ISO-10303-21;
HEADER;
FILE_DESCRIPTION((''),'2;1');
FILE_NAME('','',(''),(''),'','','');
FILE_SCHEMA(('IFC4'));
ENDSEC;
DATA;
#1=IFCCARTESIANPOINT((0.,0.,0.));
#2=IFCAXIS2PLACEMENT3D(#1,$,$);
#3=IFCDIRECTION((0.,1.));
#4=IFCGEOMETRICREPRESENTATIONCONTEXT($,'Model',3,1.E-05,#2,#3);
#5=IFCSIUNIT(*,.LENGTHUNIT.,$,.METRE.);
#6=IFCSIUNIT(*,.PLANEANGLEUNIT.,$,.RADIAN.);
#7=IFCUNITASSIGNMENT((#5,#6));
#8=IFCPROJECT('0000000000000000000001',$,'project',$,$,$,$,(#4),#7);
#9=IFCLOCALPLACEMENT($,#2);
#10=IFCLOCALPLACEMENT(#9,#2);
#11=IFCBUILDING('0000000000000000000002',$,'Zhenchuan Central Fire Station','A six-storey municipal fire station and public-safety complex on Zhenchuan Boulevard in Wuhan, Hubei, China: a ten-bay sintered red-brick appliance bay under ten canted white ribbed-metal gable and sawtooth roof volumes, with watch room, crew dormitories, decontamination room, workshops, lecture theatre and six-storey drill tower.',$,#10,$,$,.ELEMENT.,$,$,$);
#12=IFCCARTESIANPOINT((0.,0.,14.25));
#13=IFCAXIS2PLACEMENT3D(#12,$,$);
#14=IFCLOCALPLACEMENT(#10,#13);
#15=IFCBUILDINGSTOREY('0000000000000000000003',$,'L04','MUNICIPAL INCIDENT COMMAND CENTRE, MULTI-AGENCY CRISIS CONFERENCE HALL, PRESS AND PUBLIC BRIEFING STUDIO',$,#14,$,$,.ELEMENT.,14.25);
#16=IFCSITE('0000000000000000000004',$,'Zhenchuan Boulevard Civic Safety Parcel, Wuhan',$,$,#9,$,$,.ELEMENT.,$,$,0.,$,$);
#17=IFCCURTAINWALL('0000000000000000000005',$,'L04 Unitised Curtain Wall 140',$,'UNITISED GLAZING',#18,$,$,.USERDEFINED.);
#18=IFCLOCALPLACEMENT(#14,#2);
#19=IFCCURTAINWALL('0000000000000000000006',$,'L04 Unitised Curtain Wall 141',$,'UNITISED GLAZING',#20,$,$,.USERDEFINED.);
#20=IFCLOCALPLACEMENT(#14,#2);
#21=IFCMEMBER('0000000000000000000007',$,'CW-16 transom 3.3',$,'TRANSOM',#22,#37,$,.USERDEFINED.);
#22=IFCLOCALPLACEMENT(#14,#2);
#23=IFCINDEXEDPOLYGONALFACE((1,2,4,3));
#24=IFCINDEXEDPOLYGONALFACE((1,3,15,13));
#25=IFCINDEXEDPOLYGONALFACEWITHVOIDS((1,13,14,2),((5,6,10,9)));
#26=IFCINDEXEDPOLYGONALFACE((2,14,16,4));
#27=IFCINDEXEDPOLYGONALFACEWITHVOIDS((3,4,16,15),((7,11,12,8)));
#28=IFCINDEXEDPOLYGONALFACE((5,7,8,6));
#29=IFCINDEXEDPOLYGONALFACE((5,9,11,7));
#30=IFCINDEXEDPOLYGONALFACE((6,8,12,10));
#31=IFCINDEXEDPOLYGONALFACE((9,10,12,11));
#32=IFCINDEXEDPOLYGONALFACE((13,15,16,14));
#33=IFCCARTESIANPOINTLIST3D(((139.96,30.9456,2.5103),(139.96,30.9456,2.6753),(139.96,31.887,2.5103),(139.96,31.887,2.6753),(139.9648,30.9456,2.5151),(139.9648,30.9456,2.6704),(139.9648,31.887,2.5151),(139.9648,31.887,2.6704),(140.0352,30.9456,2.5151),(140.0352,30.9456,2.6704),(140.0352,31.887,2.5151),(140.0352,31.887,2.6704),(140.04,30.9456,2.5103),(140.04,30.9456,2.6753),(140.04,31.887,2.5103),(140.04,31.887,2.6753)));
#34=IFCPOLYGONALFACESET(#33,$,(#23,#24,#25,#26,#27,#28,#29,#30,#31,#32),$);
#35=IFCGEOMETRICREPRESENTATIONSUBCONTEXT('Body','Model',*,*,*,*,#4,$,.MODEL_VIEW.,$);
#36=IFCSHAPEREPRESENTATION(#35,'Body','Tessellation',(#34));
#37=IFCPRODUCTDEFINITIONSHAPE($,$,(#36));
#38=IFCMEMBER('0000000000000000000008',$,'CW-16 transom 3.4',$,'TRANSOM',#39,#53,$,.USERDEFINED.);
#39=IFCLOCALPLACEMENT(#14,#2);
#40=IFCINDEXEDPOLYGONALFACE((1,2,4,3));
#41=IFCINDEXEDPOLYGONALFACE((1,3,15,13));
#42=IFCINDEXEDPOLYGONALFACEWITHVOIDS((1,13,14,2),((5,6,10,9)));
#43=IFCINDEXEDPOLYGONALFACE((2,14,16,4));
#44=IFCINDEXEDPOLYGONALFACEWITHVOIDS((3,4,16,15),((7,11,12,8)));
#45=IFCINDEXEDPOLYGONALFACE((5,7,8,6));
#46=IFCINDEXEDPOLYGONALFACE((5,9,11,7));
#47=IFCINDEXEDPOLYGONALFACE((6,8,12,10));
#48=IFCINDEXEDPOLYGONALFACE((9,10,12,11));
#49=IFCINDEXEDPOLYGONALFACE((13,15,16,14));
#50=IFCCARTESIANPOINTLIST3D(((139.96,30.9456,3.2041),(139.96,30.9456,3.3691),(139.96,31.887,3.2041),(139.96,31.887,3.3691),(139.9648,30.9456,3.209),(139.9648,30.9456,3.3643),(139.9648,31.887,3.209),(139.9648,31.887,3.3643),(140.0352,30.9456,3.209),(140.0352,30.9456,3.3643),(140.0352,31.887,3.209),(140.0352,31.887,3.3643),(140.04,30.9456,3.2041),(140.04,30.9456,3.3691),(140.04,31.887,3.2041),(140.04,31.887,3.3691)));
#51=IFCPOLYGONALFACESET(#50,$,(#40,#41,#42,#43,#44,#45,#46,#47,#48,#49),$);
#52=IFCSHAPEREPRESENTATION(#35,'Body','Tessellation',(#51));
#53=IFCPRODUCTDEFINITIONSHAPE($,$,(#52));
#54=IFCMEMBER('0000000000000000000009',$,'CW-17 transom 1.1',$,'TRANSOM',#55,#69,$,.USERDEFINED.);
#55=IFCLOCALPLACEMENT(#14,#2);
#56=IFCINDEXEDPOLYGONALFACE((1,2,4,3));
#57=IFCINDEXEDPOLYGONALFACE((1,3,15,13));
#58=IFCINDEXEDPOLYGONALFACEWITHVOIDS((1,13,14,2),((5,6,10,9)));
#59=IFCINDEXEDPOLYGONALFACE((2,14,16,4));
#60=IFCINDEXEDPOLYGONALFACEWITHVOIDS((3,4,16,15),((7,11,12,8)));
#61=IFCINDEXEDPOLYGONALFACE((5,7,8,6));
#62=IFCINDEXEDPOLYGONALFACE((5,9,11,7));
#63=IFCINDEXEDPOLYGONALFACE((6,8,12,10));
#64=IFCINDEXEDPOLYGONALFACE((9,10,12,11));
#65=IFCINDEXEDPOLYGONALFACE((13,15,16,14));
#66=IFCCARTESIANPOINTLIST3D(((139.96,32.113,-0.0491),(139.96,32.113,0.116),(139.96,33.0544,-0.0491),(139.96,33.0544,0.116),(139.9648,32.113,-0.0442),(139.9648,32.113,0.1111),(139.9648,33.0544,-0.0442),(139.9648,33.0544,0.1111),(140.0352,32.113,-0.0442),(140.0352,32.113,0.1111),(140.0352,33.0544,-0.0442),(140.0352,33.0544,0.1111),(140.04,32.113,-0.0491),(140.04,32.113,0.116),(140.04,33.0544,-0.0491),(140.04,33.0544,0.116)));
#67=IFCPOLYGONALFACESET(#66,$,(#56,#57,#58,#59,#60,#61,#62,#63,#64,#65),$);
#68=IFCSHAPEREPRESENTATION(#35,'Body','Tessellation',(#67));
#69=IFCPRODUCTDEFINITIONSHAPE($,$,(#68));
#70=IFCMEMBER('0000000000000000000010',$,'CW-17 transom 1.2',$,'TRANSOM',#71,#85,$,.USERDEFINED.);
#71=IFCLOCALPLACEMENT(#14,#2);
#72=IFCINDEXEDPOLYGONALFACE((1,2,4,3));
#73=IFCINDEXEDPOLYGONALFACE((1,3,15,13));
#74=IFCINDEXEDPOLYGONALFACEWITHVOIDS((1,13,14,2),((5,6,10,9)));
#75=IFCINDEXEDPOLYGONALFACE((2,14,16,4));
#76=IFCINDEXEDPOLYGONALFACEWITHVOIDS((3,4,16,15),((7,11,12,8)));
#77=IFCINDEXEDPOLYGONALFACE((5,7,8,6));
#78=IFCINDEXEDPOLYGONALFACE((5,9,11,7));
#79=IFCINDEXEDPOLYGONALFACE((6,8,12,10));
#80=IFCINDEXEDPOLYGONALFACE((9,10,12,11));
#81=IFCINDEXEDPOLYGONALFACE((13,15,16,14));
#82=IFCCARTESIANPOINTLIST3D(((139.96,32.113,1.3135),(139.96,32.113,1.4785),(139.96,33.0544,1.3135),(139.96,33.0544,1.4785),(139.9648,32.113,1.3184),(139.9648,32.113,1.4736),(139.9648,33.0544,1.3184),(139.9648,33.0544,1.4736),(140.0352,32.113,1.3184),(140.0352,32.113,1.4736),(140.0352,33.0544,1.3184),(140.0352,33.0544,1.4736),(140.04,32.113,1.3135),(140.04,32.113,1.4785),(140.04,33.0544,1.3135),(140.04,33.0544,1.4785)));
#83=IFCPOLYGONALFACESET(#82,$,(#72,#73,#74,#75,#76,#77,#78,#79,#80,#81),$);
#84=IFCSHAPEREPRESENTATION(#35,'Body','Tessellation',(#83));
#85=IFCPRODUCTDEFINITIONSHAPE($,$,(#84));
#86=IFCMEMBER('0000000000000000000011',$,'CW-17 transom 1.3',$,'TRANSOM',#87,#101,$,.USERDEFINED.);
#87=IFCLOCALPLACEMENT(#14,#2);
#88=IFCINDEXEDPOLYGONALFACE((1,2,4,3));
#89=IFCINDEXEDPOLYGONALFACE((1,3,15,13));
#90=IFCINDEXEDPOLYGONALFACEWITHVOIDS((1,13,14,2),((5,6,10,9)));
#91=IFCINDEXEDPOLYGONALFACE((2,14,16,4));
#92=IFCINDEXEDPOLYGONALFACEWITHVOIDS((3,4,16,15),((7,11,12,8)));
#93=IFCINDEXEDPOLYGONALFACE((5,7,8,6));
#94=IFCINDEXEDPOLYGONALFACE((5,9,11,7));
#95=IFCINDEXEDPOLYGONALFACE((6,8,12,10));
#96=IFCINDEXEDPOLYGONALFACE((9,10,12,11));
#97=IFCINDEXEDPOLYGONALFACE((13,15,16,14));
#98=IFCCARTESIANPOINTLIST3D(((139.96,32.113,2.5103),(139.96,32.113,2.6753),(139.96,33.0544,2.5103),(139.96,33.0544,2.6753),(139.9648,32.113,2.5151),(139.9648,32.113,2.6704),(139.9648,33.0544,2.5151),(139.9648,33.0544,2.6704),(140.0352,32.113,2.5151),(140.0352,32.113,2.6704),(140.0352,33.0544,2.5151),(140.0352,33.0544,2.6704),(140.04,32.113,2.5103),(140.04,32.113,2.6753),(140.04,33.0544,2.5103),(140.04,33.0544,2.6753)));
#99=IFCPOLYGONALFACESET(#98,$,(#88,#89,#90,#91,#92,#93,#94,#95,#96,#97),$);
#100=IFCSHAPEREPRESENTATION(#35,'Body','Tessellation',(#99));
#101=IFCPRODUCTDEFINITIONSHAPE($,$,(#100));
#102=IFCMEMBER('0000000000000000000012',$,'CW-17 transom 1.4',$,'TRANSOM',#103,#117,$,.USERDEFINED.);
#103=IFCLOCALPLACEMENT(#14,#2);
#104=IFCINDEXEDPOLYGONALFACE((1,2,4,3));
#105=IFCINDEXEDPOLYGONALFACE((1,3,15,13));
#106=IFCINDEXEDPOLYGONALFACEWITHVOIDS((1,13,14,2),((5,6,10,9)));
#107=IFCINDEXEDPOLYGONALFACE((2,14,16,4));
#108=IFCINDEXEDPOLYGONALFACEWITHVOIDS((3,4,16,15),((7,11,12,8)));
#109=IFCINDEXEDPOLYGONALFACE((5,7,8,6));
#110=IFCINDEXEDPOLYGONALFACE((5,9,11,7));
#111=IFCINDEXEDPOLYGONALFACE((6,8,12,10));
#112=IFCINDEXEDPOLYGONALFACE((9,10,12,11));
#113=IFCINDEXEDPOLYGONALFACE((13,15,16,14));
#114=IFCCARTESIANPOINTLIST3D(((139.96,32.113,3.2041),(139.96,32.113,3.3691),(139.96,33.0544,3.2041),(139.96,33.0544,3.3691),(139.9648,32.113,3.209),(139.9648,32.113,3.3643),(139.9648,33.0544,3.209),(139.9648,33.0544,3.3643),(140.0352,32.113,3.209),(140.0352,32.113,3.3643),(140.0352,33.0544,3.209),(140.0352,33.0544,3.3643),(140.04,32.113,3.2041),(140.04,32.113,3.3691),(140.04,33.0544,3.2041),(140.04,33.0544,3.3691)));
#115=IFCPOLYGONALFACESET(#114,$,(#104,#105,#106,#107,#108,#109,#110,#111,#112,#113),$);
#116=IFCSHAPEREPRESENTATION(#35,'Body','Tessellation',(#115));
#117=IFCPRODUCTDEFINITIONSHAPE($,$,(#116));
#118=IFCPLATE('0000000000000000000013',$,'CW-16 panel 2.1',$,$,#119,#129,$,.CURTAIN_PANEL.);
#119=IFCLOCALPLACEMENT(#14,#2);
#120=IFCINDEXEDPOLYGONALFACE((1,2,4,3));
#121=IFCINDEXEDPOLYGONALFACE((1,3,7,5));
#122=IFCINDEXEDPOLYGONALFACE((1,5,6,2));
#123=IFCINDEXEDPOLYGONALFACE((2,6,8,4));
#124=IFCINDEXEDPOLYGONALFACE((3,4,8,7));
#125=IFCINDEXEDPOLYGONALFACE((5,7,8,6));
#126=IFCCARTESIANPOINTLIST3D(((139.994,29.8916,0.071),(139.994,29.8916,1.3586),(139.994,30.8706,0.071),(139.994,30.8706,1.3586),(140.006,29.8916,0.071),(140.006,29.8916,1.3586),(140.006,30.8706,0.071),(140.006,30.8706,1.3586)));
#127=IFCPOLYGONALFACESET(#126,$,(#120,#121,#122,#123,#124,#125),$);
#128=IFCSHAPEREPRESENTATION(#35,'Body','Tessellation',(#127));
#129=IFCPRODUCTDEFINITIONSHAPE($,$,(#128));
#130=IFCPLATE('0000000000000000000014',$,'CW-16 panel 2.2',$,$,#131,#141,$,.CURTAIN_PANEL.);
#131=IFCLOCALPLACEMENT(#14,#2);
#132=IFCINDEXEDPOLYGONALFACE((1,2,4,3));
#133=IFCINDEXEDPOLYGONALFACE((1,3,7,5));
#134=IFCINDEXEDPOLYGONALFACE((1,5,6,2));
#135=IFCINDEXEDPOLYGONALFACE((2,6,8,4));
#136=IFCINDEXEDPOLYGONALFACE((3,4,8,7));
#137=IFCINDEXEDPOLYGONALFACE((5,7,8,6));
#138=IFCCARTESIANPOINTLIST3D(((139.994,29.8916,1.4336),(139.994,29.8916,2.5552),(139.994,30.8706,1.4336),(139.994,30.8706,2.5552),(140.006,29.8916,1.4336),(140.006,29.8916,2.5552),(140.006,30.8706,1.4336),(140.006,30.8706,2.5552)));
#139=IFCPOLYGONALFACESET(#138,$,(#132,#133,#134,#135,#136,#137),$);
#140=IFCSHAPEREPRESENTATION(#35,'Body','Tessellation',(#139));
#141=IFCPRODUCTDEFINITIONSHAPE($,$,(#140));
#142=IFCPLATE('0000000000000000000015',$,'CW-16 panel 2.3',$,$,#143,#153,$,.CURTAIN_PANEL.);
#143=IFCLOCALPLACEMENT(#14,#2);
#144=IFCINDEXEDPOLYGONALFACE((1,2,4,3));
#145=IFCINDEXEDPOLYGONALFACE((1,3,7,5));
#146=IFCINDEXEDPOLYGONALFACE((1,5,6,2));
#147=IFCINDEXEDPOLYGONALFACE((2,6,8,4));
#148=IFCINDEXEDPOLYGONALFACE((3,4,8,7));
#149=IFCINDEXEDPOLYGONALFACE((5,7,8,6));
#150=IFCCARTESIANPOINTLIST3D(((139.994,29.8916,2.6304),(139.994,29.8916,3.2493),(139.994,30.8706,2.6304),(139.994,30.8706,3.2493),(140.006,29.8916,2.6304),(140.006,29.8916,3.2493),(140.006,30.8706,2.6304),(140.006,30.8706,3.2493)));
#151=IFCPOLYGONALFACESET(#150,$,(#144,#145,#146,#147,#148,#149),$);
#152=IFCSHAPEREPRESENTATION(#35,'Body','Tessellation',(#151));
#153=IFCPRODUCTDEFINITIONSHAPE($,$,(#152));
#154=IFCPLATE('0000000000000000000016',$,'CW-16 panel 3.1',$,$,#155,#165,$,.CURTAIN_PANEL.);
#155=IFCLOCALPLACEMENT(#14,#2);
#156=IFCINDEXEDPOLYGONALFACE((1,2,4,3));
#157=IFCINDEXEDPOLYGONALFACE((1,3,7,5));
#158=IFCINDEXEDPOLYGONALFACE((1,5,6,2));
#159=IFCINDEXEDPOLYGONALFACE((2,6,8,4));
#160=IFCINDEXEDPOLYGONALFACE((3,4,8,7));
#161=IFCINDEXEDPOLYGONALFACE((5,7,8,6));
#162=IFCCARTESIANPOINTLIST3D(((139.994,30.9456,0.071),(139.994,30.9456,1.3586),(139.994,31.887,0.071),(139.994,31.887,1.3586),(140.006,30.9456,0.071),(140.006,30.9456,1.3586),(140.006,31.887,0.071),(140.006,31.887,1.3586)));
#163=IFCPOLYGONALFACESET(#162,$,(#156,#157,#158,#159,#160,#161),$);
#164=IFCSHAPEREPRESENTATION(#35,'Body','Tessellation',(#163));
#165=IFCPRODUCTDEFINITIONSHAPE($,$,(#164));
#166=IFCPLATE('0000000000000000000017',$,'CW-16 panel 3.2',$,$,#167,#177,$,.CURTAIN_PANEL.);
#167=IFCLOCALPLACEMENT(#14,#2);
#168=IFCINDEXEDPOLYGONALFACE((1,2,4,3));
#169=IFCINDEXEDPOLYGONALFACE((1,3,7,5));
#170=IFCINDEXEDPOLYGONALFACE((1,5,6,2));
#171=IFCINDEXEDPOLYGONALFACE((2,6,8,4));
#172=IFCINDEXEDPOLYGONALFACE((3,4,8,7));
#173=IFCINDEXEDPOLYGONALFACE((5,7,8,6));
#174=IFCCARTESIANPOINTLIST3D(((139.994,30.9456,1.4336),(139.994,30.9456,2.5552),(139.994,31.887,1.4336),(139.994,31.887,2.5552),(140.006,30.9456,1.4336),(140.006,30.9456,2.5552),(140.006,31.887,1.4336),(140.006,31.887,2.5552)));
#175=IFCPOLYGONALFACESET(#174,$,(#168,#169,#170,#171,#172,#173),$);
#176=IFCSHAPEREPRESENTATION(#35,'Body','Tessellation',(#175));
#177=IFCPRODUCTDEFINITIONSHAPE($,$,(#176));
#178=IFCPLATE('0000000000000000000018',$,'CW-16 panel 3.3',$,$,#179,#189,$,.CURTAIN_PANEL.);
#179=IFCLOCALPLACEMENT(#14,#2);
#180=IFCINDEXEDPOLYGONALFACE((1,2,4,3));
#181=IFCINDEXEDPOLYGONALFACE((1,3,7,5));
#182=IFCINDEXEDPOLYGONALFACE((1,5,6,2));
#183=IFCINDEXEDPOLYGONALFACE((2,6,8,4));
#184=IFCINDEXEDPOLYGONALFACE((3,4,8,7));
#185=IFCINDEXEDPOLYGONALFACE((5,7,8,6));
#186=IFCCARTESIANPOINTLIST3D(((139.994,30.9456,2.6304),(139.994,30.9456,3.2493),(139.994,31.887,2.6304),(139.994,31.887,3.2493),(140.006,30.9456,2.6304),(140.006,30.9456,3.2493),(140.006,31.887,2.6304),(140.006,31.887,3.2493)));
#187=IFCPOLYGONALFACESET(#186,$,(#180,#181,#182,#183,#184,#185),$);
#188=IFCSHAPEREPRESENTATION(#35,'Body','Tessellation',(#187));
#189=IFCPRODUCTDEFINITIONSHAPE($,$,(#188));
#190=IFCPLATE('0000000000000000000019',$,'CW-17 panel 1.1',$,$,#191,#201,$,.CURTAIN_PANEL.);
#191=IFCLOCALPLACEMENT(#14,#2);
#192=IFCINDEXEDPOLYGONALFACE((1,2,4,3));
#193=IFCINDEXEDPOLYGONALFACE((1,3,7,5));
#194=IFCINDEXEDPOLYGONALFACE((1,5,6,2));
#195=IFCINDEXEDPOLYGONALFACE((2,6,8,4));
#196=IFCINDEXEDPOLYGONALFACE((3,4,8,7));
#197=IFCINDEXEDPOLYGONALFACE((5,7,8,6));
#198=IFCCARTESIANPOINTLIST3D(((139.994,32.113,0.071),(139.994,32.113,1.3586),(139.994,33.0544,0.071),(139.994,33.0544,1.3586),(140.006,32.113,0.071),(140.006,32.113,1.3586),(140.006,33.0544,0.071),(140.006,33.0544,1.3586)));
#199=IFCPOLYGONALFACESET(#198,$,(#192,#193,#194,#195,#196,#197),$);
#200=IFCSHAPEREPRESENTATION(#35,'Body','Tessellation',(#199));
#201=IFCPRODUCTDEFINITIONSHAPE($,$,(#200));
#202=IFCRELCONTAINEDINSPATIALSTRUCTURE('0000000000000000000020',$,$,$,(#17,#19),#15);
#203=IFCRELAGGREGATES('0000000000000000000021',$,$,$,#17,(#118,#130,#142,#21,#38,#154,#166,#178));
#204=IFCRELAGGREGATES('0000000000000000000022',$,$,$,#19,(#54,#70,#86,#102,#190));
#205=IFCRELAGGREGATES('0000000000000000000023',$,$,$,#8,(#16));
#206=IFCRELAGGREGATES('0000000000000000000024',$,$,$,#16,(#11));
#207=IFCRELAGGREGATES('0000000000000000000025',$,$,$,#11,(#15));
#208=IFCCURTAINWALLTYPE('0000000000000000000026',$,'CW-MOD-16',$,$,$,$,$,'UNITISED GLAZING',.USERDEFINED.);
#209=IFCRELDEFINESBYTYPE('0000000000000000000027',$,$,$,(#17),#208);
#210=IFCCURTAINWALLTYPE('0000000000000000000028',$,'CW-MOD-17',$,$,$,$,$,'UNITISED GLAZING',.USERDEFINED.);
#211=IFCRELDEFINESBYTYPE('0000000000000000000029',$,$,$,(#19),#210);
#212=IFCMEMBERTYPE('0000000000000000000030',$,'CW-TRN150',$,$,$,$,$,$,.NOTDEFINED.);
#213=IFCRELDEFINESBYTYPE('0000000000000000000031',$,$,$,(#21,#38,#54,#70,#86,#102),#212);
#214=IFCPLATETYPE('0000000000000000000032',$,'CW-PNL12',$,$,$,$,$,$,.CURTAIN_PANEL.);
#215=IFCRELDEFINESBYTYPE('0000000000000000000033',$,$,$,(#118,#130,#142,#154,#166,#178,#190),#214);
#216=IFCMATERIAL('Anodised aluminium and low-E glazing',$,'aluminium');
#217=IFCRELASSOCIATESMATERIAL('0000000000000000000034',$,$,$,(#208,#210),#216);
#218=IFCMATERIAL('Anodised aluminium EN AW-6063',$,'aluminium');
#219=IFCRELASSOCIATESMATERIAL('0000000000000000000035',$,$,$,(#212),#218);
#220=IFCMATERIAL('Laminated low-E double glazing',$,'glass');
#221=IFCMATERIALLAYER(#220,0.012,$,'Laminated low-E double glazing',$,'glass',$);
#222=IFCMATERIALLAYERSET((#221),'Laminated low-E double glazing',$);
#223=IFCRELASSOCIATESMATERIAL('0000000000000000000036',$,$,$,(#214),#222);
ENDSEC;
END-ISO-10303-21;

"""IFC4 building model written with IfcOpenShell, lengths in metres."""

from ifc_helpers import new_model, si_unit, direction, frame, origin, origin_2d, place, context, subcontext, project, spatial, rectangle, hollow_rectangle, extrude, material, layer, layer_set, material_profile, profile_set, type_object, element, aggregate, save


model = new_model("IFC4")

# Units and contexts
model_context = context("Model", 3, precision=1e-05, world=origin(), true_north=direction((0.0, 1.0)))
body_context = subcontext(model_context, "Body", "Model", "MODEL_VIEW")
ifc_project = project(units=[si_unit("LENGTHUNIT", "METRE"), si_unit("PLANEANGLEUNIT", "RADIAN")], contexts=[model_context])

# Site, building, storey
site_placement = place(None, origin())
site = spatial("IfcSite", under=ifc_project, at=site_placement, Name="Zhenchuan Boulevard Civic Safety Parcel, Wuhan", CompositionType="ELEMENT", RefElevation=0.0)
building_placement = place(site_placement, origin())
building = spatial("IfcBuilding", under=site, at=building_placement, Name="Zhenchuan Central Fire Station", Description="A six-storey municipal fire station and public-safety complex on Zhenchuan Boulevard in Wuhan, Hubei, China: a ten-bay sintered red-brick appliance bay under ten canted white ribbed-metal gable and sawtooth roof volumes, with watch room, crew dormitories, decontamination room, workshops, lecture theatre and six-storey drill tower.", CompositionType="ELEMENT")
storey_placement = place(building_placement, frame((0.0, 0.0, 14.25)))
storey = spatial("IfcBuildingStorey", under=building, at=storey_placement, Name="L04", Description="MUNICIPAL INCIDENT COMMAND CENTRE, MULTI-AGENCY CRISIS CONFERENCE HALL, PRESS AND PUBLIC BRIEFING STUDIO", CompositionType="ELEMENT", Elevation=14.25)

# Curtain walls
ifc_material_1 = material(Name="Anodised aluminium and low-E glazing", Category="aluminium")
curtain_wall_type_1 = type_object("IfcCurtainWallType", Name="CW-MOD-16", ElementType="UNITISED GLAZING", PredefinedType="USERDEFINED", material=ifc_material_1)
curtain_wall_1_placement = place(storey_placement, origin())
curtain_wall_1 = element("IfcCurtainWall", 1, at=curtain_wall_1_placement, inside=storey, type_object=curtain_wall_type_1, Name="L04 Unitised Curtain Wall 140", ObjectType="UNITISED GLAZING", PredefinedType="USERDEFINED")
ifc_material_2 = material(Name="Anodised aluminium EN AW-6063", Category="aluminium")
curtain_wall_type_2 = type_object("IfcCurtainWallType", Name="CW-MOD-17", ElementType="UNITISED GLAZING", PredefinedType="USERDEFINED", material=ifc_material_1)
curtain_wall_2_placement = place(storey_placement, origin())
curtain_wall_2 = element("IfcCurtainWall", 2, at=curtain_wall_2_placement, inside=storey, type_object=curtain_wall_type_2, Name="L04 Unitised Curtain Wall 141", ObjectType="UNITISED GLAZING", PredefinedType="USERDEFINED")

# Members
ifc_material_profile_1 = material_profile(ifc_material_2, hollow_rectangle(XDim=0.0801, YDim=0.165, WallThickness=0.0049, at=origin_2d()), Name="ALU-T 165x80")
ifc_profile_set_1 = profile_set([ifc_material_profile_1], Name="Anodised aluminium EN AW-6063")
member_type_1 = type_object("IfcMemberType", Name="CW-TRN150", PredefinedType="NOTDEFINED", material=ifc_profile_set_1)
member_1_placement = place(storey_placement, frame((140.0, 30.9456, 2.5928), z_axis=(0.0, 1.0, 0.0), x_axis=(-1.0, 0.0, 0.0)))
member_1 = element("IfcMember", 3, at=member_1_placement, type_object=member_type_1, Name="CW-16 transom 3.3", ObjectType="TRANSOM", PredefinedType="USERDEFINED", context=body_context, shape_type="SweptSolid", body=[
    extrude(hollow_rectangle(XDim=0.0801, YDim=0.165, WallThickness=0.0049, at=origin_2d()), origin(), (0.0, 0.0, 1.0), 0.9414),
])
member_2_placement = place(storey_placement, frame((140.0, 30.9456, 3.2866), z_axis=(0.0, 1.0, 0.0), x_axis=(-1.0, 0.0, 0.0)))
member_2 = element("IfcMember", 4, at=member_2_placement, type_object=member_type_1, Name="CW-16 transom 3.4", ObjectType="TRANSOM", PredefinedType="USERDEFINED", context=body_context, shape_type="SweptSolid", body=[
    extrude(hollow_rectangle(XDim=0.0801, YDim=0.165, WallThickness=0.0049, at=origin_2d()), origin(), (0.0, 0.0, 1.0), 0.9414),
])
member_3_placement = place(storey_placement, frame((140.0, 32.113, 0.0334), z_axis=(0.0, 1.0, 0.0), x_axis=(-1.0, 0.0, 0.0)))
member_3 = element("IfcMember", 5, at=member_3_placement, type_object=member_type_1, Name="CW-17 transom 1.1", ObjectType="TRANSOM", PredefinedType="USERDEFINED", context=body_context, shape_type="SweptSolid", body=[
    extrude(hollow_rectangle(XDim=0.0801, YDim=0.165, WallThickness=0.0049, at=origin_2d()), origin(), (0.0, 0.0, 1.0), 0.9414),
])
member_4_placement = place(storey_placement, frame((140.0, 32.113, 1.396), z_axis=(0.0, 1.0, 0.0), x_axis=(-1.0, 0.0, 0.0)))
member_4 = element("IfcMember", 6, at=member_4_placement, type_object=member_type_1, Name="CW-17 transom 1.2", ObjectType="TRANSOM", PredefinedType="USERDEFINED", context=body_context, shape_type="SweptSolid", body=[
    extrude(hollow_rectangle(XDim=0.0801, YDim=0.165, WallThickness=0.0049, at=origin_2d()), origin(), (0.0, 0.0, 1.0), 0.9414),
])
member_5_placement = place(storey_placement, frame((140.0, 32.113, 2.5928), z_axis=(0.0, 1.0, 0.0), x_axis=(-1.0, 0.0, 0.0)))
member_5 = element("IfcMember", 7, at=member_5_placement, type_object=member_type_1, Name="CW-17 transom 1.3", ObjectType="TRANSOM", PredefinedType="USERDEFINED", context=body_context, shape_type="SweptSolid", body=[
    extrude(hollow_rectangle(XDim=0.0801, YDim=0.165, WallThickness=0.0049, at=origin_2d()), origin(), (0.0, 0.0, 1.0), 0.9414),
])
member_6_placement = place(storey_placement, frame((140.0, 32.113, 3.2866), z_axis=(0.0, 1.0, 0.0), x_axis=(-1.0, 0.0, 0.0)))
member_6 = element("IfcMember", 8, at=member_6_placement, type_object=member_type_1, Name="CW-17 transom 1.4", ObjectType="TRANSOM", PredefinedType="USERDEFINED", context=body_context, shape_type="SweptSolid", body=[
    extrude(hollow_rectangle(XDim=0.0801, YDim=0.165, WallThickness=0.0049, at=origin_2d()), origin(), (0.0, 0.0, 1.0), 0.9414),
])

# Plates
ifc_material_3 = material(Name="Laminated low-E double glazing", Category="glass")
ifc_layer = layer(ifc_material_3, 0.012, Name="Laminated low-E double glazing", Category="glass")
ifc_layer_set = layer_set([ifc_layer], Name="Laminated low-E double glazing")
plate_type = type_object("IfcPlateType", Name="CW-PNL12", PredefinedType="CURTAIN_PANEL", material=ifc_layer_set)
plate_1_placement = place(storey_placement, frame((140.0, 30.3811, 0.071), z_axis=(0.0, 0.0, 1.0), x_axis=(0.0, 1.0, 0.0)))
plate_1 = element("IfcPlate", 9, at=plate_1_placement, type_object=plate_type, Name="CW-16 panel 2.1", PredefinedType="CURTAIN_PANEL", context=body_context, shape_type="SweptSolid", body=[
    extrude(rectangle(XDim=0.979, YDim=0.012, at=origin_2d()), origin(), (0.0, 0.0, 1.0), 1.2876),
])
plate_2_placement = place(storey_placement, frame((140.0, 30.3811, 1.4336), z_axis=(0.0, 0.0, 1.0), x_axis=(0.0, 1.0, 0.0)))
plate_2 = element("IfcPlate", 10, at=plate_2_placement, type_object=plate_type, Name="CW-16 panel 2.2", PredefinedType="CURTAIN_PANEL", context=body_context, shape_type="SweptSolid", body=[
    extrude(rectangle(XDim=0.979, YDim=0.012, at=origin_2d()), origin(), (0.0, 0.0, 1.0), 1.1216),
])
plate_3_placement = place(storey_placement, frame((140.0, 30.3811, 2.6304), z_axis=(0.0, 0.0, 1.0), x_axis=(0.0, 1.0, 0.0)))
plate_3 = element("IfcPlate", 11, at=plate_3_placement, type_object=plate_type, Name="CW-16 panel 2.3", PredefinedType="CURTAIN_PANEL", context=body_context, shape_type="SweptSolid", body=[
    extrude(rectangle(XDim=0.979, YDim=0.012, at=origin_2d()), origin(), (0.0, 0.0, 1.0), 0.6189),
])
plate_4_placement = place(storey_placement, frame((140.0, 31.4163, 0.071), z_axis=(0.0, 0.0, 1.0), x_axis=(0.0, 1.0, 0.0)))
plate_4 = element("IfcPlate", 12, at=plate_4_placement, type_object=plate_type, Name="CW-16 panel 3.1", PredefinedType="CURTAIN_PANEL", context=body_context, shape_type="SweptSolid", body=[
    extrude(rectangle(XDim=0.9414, YDim=0.012, at=origin_2d()), origin(), (0.0, 0.0, 1.0), 1.2876),
])
plate_5_placement = place(storey_placement, frame((140.0, 31.4163, 1.4336), z_axis=(0.0, 0.0, 1.0), x_axis=(0.0, 1.0, 0.0)))
plate_5 = element("IfcPlate", 13, at=plate_5_placement, type_object=plate_type, Name="CW-16 panel 3.2", PredefinedType="CURTAIN_PANEL", context=body_context, shape_type="SweptSolid", body=[
    extrude(rectangle(XDim=0.9414, YDim=0.012, at=origin_2d()), origin(), (0.0, 0.0, 1.0), 1.1216),
])
plate_6_placement = place(storey_placement, frame((140.0, 31.4163, 2.6304), z_axis=(0.0, 0.0, 1.0), x_axis=(0.0, 1.0, 0.0)))
plate_6 = element("IfcPlate", 14, at=plate_6_placement, type_object=plate_type, Name="CW-16 panel 3.3", PredefinedType="CURTAIN_PANEL", context=body_context, shape_type="SweptSolid", body=[
    extrude(rectangle(XDim=0.9414, YDim=0.012, at=origin_2d()), origin(), (0.0, 0.0, 1.0), 0.6189),
])
aggregate(curtain_wall_1, [plate_1, plate_2, plate_3, member_1, member_2, plate_4, plate_5, plate_6])
plate_7_placement = place(storey_placement, frame((140.0, 32.5837, 0.071), z_axis=(0.0, 0.0, 1.0), x_axis=(0.0, 1.0, 0.0)))
plate_7 = element("IfcPlate", 15, at=plate_7_placement, type_object=plate_type, Name="CW-17 panel 1.1", PredefinedType="CURTAIN_PANEL", context=body_context, shape_type="SweptSolid", body=[
    extrude(rectangle(XDim=0.9414, YDim=0.012, at=origin_2d()), origin(), (0.0, 0.0, 1.0), 1.2876),
])
aggregate(curtain_wall_2, [member_3, member_4, member_5, member_6, plate_7])

save(model, "model.ifc")
